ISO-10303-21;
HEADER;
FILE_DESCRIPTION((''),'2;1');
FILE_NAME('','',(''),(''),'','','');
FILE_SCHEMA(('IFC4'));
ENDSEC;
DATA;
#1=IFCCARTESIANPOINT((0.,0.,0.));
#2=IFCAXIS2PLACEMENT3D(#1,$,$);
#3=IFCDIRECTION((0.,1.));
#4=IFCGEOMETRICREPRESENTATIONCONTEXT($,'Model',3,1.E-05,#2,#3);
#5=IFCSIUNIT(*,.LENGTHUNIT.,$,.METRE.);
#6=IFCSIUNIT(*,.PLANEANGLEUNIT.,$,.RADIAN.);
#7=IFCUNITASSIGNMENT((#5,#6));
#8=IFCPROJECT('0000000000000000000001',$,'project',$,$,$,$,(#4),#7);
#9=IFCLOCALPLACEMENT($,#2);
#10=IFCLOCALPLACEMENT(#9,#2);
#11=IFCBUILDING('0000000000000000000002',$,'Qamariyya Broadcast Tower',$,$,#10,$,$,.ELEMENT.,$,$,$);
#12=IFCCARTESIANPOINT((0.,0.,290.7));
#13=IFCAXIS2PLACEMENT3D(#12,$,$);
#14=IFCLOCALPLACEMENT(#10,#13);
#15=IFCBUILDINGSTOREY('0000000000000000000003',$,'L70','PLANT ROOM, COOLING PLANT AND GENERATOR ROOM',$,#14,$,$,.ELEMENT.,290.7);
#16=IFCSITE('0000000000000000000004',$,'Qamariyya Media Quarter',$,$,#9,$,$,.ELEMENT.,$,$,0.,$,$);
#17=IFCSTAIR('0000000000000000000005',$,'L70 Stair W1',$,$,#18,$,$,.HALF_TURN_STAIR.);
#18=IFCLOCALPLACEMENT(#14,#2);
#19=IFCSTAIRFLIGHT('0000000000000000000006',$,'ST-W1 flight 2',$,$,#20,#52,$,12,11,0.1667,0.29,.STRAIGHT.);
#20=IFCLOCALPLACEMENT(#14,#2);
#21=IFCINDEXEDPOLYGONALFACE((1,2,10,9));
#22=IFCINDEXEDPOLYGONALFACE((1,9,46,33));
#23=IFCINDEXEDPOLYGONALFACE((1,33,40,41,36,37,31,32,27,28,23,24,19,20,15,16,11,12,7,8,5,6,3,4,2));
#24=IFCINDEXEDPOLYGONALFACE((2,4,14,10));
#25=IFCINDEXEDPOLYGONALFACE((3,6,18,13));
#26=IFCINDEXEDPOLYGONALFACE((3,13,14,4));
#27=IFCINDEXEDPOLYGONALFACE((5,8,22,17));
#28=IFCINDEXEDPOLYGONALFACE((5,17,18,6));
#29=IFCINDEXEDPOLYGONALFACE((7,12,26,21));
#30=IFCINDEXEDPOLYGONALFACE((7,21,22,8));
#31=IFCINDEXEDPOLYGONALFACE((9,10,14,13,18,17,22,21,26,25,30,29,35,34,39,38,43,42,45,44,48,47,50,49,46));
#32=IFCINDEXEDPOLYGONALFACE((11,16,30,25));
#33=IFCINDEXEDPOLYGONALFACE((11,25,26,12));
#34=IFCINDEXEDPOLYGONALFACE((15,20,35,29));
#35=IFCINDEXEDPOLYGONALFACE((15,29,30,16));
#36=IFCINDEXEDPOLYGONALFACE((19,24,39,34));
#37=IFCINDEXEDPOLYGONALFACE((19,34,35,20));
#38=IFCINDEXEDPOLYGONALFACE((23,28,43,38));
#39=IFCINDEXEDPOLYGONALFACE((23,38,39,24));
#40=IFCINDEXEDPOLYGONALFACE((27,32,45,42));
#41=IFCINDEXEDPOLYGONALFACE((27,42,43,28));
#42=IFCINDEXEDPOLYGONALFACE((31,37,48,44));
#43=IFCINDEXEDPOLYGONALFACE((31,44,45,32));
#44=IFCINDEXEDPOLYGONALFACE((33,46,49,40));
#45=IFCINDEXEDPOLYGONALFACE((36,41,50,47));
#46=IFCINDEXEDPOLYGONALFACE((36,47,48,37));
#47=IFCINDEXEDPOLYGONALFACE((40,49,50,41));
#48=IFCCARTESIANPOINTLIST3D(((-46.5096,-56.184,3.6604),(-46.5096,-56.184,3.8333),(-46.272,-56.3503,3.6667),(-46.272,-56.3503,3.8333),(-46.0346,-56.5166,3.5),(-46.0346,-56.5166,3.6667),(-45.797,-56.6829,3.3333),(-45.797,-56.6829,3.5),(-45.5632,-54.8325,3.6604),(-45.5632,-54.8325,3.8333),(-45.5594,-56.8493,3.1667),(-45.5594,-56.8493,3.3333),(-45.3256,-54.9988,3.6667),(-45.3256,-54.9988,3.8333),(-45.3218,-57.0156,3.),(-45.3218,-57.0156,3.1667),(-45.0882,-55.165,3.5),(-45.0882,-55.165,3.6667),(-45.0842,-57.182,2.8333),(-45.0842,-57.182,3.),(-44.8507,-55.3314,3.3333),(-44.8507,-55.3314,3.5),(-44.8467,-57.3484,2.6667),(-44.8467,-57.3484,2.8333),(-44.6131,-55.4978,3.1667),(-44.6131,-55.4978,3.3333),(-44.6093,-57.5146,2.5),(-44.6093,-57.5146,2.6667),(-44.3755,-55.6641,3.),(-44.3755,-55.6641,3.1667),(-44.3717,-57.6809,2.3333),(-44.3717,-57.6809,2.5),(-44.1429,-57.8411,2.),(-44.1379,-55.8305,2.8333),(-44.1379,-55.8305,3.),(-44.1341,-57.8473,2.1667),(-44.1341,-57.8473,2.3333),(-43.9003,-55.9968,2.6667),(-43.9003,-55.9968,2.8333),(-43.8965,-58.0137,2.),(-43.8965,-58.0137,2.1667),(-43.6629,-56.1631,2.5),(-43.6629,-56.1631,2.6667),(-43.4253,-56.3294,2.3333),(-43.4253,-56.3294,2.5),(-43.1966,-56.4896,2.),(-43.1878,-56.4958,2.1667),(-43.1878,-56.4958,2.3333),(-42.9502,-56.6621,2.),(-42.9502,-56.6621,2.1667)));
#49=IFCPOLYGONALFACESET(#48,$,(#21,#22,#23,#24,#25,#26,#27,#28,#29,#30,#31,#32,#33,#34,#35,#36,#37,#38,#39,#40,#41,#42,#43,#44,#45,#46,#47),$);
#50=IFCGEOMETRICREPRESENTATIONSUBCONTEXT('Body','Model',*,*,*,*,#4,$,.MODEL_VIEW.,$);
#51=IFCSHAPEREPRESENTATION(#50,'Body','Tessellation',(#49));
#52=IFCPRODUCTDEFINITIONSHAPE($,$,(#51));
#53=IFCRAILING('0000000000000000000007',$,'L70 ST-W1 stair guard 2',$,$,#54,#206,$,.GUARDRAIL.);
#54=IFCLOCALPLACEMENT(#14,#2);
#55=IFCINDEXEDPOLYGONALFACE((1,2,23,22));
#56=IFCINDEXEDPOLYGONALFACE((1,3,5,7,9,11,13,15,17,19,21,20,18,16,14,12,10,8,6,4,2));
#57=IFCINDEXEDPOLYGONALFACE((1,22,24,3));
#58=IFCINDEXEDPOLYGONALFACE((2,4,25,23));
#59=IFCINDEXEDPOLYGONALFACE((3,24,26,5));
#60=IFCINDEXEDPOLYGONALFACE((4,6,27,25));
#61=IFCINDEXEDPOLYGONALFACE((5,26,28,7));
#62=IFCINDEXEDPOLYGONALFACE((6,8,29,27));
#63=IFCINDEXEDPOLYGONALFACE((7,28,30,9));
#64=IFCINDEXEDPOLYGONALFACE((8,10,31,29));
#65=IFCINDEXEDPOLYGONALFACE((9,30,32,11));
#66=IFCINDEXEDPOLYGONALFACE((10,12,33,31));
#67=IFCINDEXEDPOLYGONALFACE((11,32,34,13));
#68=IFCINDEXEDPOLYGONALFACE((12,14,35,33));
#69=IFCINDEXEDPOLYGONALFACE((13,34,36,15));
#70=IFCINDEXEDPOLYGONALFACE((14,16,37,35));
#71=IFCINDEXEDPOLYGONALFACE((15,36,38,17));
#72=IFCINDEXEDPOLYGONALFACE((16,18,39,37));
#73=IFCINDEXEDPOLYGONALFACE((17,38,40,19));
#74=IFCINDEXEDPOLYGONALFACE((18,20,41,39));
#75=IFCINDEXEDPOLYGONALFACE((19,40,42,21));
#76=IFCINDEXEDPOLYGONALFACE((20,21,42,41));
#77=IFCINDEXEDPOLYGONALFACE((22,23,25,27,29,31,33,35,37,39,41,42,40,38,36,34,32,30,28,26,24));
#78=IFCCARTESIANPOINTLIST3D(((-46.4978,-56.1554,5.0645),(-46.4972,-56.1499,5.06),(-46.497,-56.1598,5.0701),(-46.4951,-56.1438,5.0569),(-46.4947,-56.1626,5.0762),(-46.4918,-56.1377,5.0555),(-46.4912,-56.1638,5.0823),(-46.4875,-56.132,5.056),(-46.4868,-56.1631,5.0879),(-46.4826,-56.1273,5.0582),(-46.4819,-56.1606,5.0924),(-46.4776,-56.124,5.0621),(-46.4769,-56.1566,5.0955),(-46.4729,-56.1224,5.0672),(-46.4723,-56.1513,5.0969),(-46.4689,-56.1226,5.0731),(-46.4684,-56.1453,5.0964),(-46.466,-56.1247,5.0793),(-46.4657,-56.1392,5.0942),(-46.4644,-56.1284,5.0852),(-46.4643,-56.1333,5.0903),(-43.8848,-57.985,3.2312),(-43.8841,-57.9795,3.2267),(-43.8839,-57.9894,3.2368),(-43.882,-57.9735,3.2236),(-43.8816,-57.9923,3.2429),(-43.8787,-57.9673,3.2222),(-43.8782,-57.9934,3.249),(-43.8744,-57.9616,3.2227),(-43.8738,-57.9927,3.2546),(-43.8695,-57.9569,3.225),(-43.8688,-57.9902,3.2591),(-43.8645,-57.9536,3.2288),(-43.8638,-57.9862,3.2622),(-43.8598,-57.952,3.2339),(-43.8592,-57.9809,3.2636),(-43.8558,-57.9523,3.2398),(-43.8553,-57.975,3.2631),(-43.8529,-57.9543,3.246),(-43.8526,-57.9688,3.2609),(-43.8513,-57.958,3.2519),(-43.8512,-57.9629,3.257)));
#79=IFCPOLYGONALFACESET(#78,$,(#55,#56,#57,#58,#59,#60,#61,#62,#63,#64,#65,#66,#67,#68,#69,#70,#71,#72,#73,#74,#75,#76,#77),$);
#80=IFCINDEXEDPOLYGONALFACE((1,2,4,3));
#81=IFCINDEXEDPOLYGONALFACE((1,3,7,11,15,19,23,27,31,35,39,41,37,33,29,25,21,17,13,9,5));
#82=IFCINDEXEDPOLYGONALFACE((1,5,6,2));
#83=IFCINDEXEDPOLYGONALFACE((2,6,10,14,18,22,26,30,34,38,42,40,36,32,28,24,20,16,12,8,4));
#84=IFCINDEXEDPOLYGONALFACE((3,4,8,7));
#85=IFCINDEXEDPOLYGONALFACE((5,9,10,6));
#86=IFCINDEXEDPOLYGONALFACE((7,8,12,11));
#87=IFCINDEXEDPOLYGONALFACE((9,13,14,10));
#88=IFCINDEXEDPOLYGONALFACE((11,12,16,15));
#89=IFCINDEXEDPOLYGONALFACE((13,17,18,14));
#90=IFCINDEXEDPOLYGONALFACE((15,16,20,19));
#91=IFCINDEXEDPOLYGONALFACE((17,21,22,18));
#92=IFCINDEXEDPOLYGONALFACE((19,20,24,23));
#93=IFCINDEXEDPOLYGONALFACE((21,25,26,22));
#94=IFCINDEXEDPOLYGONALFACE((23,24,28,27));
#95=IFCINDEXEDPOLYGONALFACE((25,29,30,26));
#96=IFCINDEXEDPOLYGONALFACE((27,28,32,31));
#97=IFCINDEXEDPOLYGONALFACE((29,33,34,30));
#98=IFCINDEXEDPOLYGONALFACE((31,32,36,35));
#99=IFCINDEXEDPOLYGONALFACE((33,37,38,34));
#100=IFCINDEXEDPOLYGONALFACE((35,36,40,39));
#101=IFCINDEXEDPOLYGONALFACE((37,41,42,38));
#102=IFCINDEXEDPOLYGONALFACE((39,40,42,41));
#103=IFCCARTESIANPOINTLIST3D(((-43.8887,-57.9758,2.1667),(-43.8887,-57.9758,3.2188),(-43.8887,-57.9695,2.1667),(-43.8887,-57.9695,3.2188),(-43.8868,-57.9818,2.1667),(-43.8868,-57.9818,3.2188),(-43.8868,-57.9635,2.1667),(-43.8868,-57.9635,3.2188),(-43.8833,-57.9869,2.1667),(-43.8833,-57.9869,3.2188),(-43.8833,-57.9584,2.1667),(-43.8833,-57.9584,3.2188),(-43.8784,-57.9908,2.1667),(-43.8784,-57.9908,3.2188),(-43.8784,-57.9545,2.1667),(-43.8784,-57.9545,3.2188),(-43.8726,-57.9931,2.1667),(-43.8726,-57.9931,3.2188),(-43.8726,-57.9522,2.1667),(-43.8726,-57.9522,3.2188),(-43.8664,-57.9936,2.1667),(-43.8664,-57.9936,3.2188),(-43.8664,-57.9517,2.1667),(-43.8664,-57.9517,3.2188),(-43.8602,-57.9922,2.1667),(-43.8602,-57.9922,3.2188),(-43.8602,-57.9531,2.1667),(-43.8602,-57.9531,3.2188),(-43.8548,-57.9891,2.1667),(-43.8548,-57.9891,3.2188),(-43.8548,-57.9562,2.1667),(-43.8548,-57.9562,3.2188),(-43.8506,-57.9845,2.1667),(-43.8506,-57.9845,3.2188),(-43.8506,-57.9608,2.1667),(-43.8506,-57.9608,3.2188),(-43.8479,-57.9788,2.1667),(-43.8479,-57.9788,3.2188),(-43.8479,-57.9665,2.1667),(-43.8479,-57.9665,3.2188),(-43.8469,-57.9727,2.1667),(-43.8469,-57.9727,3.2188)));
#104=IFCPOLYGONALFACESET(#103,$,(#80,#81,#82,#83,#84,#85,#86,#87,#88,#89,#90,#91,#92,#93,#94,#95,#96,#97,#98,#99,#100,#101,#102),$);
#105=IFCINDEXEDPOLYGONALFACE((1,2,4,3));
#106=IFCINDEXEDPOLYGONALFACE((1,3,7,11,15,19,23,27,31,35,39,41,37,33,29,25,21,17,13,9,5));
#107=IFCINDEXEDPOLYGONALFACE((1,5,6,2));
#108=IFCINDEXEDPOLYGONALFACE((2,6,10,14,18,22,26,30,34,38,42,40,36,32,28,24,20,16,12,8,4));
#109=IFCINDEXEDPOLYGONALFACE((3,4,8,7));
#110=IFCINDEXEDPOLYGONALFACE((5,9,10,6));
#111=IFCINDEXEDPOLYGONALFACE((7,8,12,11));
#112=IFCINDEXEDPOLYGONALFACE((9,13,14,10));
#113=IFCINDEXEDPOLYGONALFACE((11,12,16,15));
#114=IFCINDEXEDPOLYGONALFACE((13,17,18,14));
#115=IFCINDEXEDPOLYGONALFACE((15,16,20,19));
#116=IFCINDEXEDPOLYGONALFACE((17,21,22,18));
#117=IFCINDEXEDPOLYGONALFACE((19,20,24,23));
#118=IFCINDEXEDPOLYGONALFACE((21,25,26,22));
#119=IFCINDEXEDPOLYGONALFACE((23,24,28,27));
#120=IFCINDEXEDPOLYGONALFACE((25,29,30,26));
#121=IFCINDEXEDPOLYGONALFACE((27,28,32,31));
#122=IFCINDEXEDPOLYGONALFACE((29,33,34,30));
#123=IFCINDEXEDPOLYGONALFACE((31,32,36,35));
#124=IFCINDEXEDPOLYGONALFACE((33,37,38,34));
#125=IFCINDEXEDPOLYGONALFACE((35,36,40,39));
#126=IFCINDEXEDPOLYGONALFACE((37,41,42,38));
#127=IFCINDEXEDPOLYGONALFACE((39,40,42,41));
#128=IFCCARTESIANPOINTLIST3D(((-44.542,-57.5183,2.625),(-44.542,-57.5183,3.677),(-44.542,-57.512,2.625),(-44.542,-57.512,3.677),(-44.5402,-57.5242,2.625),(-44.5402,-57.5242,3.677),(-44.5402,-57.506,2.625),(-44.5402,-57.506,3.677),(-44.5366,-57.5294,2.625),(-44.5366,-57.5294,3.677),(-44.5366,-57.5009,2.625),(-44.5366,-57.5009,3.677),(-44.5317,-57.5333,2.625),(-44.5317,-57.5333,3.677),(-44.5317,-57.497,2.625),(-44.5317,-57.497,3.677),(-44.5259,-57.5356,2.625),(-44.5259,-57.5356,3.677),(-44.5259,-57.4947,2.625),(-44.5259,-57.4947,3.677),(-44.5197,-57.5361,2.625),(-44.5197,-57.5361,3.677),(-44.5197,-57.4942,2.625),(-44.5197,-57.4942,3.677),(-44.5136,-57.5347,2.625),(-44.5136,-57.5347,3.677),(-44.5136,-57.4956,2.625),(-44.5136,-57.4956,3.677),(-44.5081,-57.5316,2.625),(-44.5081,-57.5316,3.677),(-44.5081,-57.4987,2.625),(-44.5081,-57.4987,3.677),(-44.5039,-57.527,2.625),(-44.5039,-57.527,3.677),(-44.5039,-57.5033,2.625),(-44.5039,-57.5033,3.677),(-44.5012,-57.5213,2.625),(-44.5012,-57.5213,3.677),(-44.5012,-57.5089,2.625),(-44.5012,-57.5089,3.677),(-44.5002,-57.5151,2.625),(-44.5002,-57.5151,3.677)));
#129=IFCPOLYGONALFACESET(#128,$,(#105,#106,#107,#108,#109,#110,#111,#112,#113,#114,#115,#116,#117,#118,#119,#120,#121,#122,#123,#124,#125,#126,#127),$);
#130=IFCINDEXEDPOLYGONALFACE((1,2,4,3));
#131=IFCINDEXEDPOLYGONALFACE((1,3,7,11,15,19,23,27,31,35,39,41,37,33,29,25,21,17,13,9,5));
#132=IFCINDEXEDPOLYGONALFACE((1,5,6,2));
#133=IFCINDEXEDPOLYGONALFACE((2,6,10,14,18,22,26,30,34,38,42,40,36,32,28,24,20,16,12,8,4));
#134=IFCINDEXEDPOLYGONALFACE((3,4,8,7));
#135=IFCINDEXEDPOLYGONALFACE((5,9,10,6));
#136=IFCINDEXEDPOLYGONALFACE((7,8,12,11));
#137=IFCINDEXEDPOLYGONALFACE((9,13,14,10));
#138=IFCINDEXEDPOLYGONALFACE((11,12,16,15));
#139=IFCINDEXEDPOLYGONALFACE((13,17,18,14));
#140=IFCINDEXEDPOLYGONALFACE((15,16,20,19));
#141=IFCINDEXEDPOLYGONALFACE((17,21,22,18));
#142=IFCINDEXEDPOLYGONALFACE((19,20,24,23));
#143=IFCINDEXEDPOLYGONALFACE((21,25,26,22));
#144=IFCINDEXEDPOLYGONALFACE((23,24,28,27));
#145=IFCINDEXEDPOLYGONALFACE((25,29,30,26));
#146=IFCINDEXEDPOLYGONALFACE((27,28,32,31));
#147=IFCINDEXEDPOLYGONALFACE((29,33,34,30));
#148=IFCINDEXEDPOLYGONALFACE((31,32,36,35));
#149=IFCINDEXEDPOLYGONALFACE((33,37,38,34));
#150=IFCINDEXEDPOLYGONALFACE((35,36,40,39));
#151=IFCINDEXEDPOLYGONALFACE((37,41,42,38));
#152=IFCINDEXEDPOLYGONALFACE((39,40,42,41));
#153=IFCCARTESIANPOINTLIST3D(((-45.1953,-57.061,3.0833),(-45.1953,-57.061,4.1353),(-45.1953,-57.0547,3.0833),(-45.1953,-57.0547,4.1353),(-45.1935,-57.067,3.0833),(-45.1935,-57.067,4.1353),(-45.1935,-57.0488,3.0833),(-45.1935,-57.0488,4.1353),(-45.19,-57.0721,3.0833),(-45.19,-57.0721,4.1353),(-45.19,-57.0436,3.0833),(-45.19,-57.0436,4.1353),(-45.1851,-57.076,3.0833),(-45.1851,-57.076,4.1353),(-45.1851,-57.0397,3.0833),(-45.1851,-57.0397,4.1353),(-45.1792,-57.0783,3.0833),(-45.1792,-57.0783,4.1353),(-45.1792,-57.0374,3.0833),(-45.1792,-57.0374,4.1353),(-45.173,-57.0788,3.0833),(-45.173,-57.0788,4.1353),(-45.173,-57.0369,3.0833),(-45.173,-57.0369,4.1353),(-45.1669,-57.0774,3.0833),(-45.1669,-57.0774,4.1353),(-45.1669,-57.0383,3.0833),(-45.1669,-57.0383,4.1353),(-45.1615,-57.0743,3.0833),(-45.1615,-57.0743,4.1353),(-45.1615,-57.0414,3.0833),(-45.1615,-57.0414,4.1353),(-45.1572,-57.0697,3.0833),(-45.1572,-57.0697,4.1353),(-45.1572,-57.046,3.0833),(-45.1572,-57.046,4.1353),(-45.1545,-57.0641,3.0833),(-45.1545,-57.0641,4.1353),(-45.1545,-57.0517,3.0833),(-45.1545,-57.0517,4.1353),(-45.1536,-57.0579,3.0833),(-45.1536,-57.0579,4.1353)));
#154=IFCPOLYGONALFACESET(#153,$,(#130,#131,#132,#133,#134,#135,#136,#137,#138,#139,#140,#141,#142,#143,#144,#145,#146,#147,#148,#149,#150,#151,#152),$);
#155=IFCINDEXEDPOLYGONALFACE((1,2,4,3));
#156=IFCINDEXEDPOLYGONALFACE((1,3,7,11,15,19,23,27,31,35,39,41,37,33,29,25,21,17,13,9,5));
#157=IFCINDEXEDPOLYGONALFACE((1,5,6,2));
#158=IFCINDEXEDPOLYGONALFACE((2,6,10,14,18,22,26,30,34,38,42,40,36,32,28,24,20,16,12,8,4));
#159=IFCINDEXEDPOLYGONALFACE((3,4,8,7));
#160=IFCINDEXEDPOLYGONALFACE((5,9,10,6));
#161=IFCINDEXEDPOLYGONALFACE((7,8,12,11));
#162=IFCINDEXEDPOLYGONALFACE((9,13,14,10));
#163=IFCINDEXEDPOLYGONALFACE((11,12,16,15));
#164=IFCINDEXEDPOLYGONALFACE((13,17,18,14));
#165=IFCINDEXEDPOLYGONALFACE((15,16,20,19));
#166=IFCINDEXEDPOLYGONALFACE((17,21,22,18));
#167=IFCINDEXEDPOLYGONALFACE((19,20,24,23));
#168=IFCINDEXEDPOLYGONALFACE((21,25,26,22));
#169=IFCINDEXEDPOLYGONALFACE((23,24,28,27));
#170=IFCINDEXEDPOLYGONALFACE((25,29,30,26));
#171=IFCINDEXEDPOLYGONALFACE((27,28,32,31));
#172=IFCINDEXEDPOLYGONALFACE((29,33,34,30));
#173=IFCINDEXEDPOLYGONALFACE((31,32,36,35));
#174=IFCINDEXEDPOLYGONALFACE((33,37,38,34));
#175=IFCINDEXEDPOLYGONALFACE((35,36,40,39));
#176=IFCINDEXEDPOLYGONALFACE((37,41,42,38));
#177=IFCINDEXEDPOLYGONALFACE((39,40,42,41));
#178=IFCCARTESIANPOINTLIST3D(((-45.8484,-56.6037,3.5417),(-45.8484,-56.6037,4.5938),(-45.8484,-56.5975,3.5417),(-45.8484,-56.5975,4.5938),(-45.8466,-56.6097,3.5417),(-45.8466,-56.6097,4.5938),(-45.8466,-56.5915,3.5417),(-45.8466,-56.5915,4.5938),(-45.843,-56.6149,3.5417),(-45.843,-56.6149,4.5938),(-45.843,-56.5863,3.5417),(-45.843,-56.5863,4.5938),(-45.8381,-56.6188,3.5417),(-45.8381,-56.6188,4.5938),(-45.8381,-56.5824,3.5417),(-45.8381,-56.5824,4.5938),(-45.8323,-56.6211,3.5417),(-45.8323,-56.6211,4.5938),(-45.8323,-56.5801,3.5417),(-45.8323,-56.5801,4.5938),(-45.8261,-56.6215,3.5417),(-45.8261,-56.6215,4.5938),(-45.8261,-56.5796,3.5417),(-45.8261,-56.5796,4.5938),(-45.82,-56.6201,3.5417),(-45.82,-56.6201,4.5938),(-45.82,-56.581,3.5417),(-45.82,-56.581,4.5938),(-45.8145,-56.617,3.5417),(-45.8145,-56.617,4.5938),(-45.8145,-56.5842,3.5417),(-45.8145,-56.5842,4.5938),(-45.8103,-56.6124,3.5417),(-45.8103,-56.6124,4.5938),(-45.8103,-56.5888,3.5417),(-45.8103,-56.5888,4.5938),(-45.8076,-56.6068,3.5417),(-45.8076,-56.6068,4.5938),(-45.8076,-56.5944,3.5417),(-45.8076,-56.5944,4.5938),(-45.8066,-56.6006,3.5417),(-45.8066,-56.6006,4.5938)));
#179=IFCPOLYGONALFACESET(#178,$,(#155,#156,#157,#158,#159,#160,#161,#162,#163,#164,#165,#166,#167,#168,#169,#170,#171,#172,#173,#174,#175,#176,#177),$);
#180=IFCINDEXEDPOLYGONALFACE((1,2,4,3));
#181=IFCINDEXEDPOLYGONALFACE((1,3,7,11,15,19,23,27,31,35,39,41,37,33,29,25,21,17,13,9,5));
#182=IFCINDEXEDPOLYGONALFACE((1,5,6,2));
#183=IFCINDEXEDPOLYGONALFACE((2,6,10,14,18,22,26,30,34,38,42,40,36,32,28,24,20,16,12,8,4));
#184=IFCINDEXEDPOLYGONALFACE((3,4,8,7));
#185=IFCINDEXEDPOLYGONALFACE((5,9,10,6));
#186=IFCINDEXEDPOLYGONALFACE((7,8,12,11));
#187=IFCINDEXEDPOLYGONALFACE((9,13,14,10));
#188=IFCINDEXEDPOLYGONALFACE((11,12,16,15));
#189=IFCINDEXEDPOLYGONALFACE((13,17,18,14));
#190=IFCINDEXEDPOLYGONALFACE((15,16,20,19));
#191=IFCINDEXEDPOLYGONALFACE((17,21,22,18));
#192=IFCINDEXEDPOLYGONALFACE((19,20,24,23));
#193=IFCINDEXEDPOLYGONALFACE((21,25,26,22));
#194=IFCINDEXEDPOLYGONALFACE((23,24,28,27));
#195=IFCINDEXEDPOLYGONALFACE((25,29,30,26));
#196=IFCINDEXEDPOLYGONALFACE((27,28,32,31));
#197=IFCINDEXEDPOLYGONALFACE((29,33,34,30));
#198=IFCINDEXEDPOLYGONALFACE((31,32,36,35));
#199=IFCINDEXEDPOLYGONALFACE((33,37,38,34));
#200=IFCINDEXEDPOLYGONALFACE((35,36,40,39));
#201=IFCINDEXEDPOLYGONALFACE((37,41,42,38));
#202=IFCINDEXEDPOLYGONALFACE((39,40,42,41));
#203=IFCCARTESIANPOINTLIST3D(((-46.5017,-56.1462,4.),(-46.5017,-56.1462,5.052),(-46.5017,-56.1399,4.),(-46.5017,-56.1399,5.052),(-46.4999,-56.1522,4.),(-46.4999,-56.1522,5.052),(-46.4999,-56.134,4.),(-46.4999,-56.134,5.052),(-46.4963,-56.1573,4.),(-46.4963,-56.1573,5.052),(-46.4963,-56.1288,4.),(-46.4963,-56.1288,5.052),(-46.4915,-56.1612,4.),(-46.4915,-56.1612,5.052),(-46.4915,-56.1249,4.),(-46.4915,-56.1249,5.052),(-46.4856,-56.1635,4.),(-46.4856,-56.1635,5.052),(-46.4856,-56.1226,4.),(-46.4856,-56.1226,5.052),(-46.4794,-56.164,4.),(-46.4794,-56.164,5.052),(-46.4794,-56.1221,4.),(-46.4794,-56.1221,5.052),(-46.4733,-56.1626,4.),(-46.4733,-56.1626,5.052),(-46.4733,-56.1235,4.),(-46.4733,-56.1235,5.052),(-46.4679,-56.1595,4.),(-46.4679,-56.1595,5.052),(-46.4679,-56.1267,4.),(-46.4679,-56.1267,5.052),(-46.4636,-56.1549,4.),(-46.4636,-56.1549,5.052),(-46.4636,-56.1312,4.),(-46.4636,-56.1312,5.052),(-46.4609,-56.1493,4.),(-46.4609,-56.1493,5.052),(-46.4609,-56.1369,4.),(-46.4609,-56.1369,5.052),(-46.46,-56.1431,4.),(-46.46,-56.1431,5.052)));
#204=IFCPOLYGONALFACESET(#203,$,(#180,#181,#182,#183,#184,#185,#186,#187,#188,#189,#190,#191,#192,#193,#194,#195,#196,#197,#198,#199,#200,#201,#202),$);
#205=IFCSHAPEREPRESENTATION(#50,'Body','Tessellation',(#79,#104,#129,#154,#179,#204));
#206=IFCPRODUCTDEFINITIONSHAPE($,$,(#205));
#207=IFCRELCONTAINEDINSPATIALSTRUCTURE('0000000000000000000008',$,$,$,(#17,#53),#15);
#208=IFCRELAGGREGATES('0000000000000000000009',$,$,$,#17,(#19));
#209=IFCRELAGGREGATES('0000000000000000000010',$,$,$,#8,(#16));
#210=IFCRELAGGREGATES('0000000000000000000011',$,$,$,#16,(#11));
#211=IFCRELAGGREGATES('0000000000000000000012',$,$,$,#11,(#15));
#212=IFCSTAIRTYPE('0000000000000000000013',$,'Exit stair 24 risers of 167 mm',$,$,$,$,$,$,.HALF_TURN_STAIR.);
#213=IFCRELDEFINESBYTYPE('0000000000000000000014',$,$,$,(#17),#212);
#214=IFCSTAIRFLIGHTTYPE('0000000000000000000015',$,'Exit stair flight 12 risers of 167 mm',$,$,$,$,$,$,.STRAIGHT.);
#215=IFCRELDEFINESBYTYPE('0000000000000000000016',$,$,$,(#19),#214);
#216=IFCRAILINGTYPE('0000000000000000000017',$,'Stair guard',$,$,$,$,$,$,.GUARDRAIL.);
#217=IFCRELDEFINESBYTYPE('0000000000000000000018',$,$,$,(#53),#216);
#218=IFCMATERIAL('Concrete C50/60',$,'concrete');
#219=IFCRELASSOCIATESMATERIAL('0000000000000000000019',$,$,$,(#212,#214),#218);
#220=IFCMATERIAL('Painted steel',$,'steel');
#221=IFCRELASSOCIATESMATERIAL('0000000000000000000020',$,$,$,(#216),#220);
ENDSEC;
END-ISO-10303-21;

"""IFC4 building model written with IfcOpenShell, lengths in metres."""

from ifc_helpers import new_model, si_unit, direction, frame, origin, origin_2d, place, context, subcontext, project, spatial, polyline, circle, outline, extrude, material, type_object, element, aggregate, save


model = new_model("IFC4")

# Units and contexts
model_context = context("Model", 3, precision=1e-05, world=origin(), true_north=direction((0.0, 1.0)))
body_context = subcontext(model_context, "Body", "Model", "MODEL_VIEW")
ifc_project = project(units=[si_unit("LENGTHUNIT", "METRE"), si_unit("PLANEANGLEUNIT", "RADIAN")], contexts=[model_context])

# Site, building, storey
site_placement = place(None, origin())
site = spatial("IfcSite", under=ifc_project, at=site_placement, Name="Qamariyya Media Quarter", CompositionType="ELEMENT", RefElevation=0.0)
building_placement = place(site_placement, origin())
building = spatial("IfcBuilding", under=site, at=building_placement, Name="Qamariyya Broadcast Tower", CompositionType="ELEMENT")
storey_placement = place(building_placement, frame((0.0, 0.0, 290.7)))
storey = spatial("IfcBuildingStorey", under=building, at=storey_placement, Name="L70", Description="PLANT ROOM, COOLING PLANT AND GENERATOR ROOM", CompositionType="ELEMENT", Elevation=290.7)

# Shared definitions
ifc_material_1 = material(Name="Concrete C50/60", Category="concrete")

# Stair, stair flight
stair_type = type_object("IfcStairType", Name="Exit stair 24 risers of 167 mm", PredefinedType="HALF_TURN_STAIR", material=ifc_material_1)
stair_placement = place(storey_placement, origin())
stair = element("IfcStair", 1, at=stair_placement, inside=storey, type_object=stair_type, Name="L70 Stair W1", PredefinedType="HALF_TURN_STAIR")
stair_flight_type = type_object("IfcStairFlightType", Name="Exit stair flight 12 risers of 167 mm", PredefinedType="STRAIGHT", material=ifc_material_1)
stair_flight_placement = place(storey_placement, frame((-43.4233, -57.3379, 2.0), z_axis=(0.0, 0.0, 1.0), x_axis=(-0.819152, 0.573576, 0.0)))
stair_flight = element("IfcStairFlight", 2, at=stair_flight_placement, type_object=stair_flight_type, Name="ST-W1 flight 2", NumberOfRisers=12, NumberOfTreads=11, PredefinedType="STRAIGHT", RiserHeight=0.1667, TreadLength=0.29, context=body_context, shape_type="SweptSolid", body=[
    extrude(outline(polyline([(0.0, 0.0), (0.0, 0.1667), (0.29, 0.1667), (0.29, 0.3333), (0.5801, 0.3333), (0.5801, 0.5), (0.8701, 0.5), (0.8701, 0.6667), (1.1599, 0.6667), (1.1599, 0.8333), (1.45, 0.8333), (1.45, 1.0), (1.74, 1.0), (1.74, 1.1667), (2.03, 1.1667), (2.03, 1.3333), (2.3201, 1.3333), (2.3201, 1.5), (2.6101, 1.5), (2.6101, 1.6667), (2.8999, 1.6667), (2.8999, 1.8333), (3.1899, 1.8333), (3.1899, 2.0), (3.1899, 1.6604), (0.3008, 0.0), (0.0, 0.0)])), frame((0.0, 0.825, 0.0), z_axis=(0.0, -1.0, 0.0), x_axis=(1.0, 0.0, 0.0)), (0.0, 0.0, 1.0), 1.6499),
])
aggregate(stair, [stair_flight])

# Railing
ifc_material_2 = material(Name="Painted steel", Category="steel")
railing_type_1 = type_object("IfcRailingType", Name="Stair guard", PredefinedType="GUARDRAIL", material=ifc_material_2)
railing_1_placement = place(storey_placement, frame((-43.8679, -57.9727, 2.1667)))
element("IfcRailing", 3, at=railing_1_placement, inside=storey, type_object=railing_type_1, Name="L70 ST-W1 stair guard 2", PredefinedType="GUARDRAIL", context=body_context, shape_type="SweptSolid", body=[
    extrude(circle(Radius=0.0239, at=origin_2d()), frame((0.0, 0.0, 1.0762), z_axis=(-0.710228, 0.497285, 0.498281), x_axis=(-0.57356, -0.819164, 0.0)), (0.0, 0.0, 1.0), 3.6792),
    extrude(circle(Radius=0.021, at=origin_2d()), origin(), (0.0, 0.0, 1.0), 1.052),
    extrude(circle(Radius=0.021, at=origin_2d()), frame((-0.6533, 0.4575, 0.4583)), (0.0, 0.0, 1.0), 1.052),
    extrude(circle(Radius=0.021, at=origin_2d()), frame((-1.3066, 0.9148, 0.9165)), (0.0, 0.0, 1.0), 1.052),
    extrude(circle(Radius=0.021, at=origin_2d()), frame((-1.9597, 1.3721, 1.375)), (0.0, 0.0, 1.0), 1.052),
    extrude(circle(Radius=0.021, at=origin_2d()), frame((-2.613, 1.8296, 1.8333)), (0.0, 0.0, 1.0), 1.052),
])

save(model, "model.ifc")
